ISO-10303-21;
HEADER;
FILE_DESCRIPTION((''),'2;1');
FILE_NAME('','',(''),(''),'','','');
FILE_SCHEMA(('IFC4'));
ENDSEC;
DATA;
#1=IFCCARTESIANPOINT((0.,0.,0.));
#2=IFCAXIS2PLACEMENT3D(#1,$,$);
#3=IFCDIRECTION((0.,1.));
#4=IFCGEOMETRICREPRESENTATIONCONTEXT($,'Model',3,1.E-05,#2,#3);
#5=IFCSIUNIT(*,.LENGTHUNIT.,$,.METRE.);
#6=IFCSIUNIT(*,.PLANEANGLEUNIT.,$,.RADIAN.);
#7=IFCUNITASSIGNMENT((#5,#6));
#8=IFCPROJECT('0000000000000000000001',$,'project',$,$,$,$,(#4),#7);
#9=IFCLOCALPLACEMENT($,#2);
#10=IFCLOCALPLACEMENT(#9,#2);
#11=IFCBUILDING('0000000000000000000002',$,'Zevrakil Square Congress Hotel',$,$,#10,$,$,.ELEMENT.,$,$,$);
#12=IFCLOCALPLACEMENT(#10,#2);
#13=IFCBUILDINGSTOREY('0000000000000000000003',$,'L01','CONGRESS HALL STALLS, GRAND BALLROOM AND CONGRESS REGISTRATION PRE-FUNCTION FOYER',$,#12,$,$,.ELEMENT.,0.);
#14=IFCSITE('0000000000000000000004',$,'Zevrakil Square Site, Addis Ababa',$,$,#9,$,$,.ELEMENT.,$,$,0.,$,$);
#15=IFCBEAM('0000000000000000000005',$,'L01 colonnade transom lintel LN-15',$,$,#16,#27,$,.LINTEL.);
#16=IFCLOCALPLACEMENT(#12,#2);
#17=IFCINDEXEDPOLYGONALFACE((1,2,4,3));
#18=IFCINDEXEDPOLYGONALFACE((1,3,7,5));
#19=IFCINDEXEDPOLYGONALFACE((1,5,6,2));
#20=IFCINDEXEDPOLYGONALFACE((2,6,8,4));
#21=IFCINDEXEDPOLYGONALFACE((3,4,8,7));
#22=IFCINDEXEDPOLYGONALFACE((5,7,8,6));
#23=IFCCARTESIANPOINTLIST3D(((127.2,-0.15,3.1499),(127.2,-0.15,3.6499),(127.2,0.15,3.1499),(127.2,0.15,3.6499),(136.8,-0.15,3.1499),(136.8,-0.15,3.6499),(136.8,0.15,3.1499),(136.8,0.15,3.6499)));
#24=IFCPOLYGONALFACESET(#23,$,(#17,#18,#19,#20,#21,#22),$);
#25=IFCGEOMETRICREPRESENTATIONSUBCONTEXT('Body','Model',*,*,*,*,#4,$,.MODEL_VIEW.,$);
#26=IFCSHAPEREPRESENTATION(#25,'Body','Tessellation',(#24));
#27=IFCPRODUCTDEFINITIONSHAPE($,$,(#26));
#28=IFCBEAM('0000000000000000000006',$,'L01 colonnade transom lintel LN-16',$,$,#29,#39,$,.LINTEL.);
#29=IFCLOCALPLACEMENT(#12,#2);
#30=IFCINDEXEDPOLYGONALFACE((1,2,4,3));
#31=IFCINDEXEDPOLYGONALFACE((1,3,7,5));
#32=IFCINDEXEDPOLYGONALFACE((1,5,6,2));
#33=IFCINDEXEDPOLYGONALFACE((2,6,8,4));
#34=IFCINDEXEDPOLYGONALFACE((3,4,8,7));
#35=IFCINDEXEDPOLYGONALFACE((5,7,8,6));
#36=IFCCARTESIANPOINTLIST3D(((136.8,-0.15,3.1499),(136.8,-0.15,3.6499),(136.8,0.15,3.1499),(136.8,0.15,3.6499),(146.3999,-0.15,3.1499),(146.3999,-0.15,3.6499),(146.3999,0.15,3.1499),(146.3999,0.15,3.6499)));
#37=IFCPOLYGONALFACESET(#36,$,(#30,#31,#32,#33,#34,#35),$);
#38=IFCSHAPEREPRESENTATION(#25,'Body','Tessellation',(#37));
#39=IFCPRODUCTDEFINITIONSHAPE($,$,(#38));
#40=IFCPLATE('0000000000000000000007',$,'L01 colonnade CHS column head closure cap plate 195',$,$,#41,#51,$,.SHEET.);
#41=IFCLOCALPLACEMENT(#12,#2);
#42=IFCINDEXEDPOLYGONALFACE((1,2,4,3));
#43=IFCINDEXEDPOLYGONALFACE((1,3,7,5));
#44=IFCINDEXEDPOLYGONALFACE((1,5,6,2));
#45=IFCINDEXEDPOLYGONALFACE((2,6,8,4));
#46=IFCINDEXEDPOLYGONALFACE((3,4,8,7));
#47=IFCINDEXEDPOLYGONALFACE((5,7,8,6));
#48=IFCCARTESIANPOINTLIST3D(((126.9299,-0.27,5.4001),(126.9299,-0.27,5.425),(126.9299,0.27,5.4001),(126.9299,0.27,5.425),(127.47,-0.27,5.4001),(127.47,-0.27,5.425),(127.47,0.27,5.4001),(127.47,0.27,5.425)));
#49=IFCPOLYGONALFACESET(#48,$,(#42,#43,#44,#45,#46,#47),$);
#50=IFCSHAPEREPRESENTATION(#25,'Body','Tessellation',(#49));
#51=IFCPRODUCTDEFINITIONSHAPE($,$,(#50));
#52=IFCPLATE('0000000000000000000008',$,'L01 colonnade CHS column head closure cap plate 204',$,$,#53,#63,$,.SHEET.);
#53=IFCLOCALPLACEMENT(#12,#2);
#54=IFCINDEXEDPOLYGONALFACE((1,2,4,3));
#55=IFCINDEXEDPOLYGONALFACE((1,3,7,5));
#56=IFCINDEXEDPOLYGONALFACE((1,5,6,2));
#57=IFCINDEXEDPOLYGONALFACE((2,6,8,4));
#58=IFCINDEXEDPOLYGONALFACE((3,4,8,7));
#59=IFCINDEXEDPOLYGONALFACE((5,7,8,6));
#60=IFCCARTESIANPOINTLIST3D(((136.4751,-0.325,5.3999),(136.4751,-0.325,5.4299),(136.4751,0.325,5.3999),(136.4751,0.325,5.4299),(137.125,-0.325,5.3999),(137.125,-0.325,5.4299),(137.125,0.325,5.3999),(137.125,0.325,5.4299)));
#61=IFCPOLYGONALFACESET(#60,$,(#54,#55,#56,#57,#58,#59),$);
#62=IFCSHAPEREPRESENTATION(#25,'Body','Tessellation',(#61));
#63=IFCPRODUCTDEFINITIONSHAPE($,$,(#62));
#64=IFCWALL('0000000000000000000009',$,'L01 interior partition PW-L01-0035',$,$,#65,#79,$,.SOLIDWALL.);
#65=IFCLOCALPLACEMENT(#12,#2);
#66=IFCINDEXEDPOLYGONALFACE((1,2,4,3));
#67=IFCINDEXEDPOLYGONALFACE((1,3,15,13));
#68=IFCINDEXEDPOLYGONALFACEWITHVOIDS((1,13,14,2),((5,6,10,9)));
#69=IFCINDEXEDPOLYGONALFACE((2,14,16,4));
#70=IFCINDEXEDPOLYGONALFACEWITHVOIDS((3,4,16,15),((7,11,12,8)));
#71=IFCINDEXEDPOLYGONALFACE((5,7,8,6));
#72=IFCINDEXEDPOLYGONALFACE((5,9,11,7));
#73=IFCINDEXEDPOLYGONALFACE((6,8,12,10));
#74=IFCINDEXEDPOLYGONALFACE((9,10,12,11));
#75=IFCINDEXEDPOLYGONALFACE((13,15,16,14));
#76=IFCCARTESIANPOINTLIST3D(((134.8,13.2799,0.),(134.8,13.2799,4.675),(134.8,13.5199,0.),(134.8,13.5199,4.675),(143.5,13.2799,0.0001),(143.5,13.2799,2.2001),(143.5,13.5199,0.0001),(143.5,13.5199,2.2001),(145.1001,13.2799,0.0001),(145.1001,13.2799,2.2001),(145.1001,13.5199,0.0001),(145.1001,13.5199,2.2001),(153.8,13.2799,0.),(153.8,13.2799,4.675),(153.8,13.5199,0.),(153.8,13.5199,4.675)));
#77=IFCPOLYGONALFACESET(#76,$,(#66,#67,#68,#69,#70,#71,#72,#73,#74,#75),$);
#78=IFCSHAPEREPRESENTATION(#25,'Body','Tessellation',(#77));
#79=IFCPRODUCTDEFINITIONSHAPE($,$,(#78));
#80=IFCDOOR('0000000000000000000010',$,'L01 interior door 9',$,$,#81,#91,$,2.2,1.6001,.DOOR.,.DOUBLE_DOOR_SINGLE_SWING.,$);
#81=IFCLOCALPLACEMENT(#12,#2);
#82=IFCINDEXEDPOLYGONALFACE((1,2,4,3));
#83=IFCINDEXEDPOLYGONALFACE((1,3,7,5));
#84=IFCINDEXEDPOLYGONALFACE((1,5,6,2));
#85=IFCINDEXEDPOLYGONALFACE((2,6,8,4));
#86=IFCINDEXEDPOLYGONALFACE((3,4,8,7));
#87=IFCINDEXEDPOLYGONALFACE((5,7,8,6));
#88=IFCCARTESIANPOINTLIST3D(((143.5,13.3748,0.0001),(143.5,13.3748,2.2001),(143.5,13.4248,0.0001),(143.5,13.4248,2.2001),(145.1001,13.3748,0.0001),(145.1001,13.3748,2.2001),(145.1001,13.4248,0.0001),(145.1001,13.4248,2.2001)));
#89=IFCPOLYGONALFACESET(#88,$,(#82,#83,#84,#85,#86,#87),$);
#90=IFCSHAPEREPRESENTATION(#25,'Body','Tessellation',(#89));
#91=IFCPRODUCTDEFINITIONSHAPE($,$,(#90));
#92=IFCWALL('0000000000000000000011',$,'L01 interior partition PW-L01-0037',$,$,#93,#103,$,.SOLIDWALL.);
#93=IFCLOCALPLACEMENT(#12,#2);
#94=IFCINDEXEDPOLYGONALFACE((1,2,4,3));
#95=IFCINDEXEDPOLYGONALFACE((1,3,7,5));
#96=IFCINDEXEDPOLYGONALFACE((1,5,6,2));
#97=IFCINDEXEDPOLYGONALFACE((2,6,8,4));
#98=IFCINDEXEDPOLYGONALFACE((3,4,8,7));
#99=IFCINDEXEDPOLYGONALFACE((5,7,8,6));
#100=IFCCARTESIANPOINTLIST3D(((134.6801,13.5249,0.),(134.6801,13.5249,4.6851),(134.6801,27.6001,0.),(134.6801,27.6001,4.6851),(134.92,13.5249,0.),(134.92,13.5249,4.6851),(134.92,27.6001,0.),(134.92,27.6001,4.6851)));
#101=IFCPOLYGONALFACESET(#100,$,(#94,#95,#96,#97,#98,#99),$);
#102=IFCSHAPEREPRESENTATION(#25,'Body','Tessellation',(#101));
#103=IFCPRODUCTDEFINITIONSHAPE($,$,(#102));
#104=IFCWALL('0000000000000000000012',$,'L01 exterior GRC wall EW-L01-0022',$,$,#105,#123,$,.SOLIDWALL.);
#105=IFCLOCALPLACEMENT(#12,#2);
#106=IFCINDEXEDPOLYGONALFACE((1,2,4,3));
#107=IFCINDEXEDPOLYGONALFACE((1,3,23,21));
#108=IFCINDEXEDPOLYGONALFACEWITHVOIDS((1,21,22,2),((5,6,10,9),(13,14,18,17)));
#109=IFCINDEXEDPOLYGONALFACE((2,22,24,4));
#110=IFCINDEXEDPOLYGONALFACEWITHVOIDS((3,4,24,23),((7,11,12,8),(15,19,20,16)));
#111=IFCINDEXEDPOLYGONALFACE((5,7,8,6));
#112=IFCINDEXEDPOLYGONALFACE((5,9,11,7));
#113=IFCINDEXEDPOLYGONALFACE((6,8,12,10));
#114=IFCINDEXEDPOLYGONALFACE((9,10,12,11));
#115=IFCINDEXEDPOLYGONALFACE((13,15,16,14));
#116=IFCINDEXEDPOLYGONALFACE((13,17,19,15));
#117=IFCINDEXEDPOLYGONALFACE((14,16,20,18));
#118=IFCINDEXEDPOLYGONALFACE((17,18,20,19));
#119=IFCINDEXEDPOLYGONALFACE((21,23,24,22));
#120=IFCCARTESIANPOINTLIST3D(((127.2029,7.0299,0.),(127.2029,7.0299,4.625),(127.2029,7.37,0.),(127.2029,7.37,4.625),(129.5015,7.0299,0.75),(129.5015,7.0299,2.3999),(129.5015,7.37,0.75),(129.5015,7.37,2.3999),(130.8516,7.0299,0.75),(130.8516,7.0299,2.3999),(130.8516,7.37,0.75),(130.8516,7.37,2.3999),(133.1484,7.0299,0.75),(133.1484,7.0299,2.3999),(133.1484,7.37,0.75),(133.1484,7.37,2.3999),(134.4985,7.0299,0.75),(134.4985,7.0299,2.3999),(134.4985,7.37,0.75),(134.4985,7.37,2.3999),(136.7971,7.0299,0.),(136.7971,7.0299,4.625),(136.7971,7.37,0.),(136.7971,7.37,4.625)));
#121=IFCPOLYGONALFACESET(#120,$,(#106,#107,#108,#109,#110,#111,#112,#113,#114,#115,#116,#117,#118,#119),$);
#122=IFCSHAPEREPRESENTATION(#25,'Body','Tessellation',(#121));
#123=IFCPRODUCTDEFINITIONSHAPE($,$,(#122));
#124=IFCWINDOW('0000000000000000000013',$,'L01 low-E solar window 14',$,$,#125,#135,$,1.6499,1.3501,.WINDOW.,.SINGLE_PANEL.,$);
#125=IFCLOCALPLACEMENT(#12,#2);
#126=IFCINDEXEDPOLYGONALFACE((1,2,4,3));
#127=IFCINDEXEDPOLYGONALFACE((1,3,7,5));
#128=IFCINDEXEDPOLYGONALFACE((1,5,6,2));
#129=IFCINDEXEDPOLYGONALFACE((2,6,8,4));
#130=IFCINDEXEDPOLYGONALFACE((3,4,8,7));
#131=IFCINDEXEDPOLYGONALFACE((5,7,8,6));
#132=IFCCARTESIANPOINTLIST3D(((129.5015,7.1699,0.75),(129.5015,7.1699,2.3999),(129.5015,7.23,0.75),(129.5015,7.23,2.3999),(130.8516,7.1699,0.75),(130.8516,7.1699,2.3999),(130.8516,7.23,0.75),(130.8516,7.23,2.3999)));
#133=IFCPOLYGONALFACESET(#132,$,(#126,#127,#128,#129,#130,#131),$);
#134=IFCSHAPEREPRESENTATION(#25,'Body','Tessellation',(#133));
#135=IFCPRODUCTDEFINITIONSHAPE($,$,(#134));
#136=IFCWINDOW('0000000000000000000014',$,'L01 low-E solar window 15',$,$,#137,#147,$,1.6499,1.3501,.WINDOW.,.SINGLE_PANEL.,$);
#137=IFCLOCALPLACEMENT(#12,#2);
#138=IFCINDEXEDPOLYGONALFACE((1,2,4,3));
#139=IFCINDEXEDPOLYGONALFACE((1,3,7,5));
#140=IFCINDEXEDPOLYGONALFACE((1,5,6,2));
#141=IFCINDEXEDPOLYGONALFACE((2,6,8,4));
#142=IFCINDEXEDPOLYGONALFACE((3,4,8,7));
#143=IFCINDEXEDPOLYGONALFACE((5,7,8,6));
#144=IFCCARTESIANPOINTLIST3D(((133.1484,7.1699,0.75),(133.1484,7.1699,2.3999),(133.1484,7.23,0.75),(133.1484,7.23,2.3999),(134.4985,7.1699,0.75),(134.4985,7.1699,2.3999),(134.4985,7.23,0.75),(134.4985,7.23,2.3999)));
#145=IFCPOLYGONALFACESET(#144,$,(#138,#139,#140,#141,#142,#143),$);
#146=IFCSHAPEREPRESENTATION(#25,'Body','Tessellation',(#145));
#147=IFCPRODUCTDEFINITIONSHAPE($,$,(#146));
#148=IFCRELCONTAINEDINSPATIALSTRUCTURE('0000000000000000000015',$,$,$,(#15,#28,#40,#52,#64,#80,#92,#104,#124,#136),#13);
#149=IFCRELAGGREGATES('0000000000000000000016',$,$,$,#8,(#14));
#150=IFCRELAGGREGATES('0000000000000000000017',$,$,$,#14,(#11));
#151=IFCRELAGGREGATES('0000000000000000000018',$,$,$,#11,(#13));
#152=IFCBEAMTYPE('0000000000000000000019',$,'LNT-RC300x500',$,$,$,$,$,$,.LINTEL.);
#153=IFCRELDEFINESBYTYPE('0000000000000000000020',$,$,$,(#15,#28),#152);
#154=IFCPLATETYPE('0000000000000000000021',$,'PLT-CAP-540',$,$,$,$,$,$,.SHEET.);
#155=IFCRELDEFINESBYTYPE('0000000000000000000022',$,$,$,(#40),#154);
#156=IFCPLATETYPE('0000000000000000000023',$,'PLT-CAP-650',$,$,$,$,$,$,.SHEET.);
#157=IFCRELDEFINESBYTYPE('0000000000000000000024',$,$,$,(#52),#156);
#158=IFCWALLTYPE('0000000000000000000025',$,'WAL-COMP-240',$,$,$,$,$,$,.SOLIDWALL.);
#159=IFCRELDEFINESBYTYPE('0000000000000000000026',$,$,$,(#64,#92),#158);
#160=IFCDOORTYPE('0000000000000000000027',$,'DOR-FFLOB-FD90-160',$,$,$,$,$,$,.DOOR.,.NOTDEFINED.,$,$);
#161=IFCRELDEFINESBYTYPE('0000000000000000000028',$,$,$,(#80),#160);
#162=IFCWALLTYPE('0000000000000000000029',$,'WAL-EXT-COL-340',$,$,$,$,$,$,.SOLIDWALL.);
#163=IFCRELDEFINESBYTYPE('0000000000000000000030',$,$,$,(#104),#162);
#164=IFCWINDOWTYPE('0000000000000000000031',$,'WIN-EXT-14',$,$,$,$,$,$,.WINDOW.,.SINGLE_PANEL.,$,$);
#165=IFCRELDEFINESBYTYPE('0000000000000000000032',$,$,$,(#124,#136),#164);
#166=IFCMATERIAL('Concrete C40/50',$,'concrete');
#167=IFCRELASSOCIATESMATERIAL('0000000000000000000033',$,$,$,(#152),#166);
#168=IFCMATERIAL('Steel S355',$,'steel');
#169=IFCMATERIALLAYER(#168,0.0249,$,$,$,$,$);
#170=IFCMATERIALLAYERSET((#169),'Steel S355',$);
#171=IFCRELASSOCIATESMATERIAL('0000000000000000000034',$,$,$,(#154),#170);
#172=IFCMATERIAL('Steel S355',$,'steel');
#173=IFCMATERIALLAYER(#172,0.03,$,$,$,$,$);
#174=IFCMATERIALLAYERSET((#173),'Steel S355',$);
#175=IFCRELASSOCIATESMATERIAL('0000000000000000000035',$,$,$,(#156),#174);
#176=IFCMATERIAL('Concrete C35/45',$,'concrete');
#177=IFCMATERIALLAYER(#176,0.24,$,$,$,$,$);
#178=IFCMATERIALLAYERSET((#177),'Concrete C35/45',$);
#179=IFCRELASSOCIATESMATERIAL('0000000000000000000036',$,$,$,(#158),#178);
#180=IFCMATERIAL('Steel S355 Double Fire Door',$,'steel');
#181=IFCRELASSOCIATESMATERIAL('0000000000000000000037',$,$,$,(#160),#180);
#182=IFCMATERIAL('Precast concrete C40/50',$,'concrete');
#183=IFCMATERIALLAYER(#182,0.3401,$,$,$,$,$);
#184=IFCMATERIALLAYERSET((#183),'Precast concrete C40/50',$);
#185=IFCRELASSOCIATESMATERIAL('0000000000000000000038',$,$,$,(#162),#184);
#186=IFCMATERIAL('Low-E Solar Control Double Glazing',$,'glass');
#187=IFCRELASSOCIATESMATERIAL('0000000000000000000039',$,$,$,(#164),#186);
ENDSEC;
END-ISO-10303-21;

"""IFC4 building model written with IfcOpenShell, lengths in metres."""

from ifc_helpers import new_model, si_unit, direction, frame, frame_2d, origin, origin_2d, place, context, subcontext, project, spatial, rectangle, extrude, material, layer, layer_set, material_profile, profile_set, type_object, element, fill, save


model = new_model("IFC4")

# Units and contexts
model_context = context("Model", 3, precision=1e-05, world=origin(), true_north=direction((0.0, 1.0)))
body_context = subcontext(model_context, "Body", "Model", "MODEL_VIEW")
ifc_project = project(units=[si_unit("LENGTHUNIT", "METRE"), si_unit("PLANEANGLEUNIT", "RADIAN")], contexts=[model_context])

# Site, building, storey
site_placement = place(None, origin())
site = spatial("IfcSite", under=ifc_project, at=site_placement, Name="Zevrakil Square Site, Addis Ababa", CompositionType="ELEMENT", RefElevation=0.0)
building_placement = place(site_placement, origin())
building = spatial("IfcBuilding", under=site, at=building_placement, Name="Zevrakil Square Congress Hotel", CompositionType="ELEMENT")
storey_placement = place(building_placement, origin())
storey = spatial("IfcBuildingStorey", under=building, at=storey_placement, Name="L01", Description="CONGRESS HALL STALLS, GRAND BALLROOM AND CONGRESS REGISTRATION PRE-FUNCTION FOYER", CompositionType="ELEMENT", Elevation=0.0)

# Beams
ifc_material_1 = material(Name="Concrete C40/50", Category="concrete")
ifc_material_profile_1 = material_profile(ifc_material_1, rectangle(XDim=0.3, YDim=0.5, at=origin_2d()), Name="RC 300x500")
ifc_profile_set_1 = profile_set([ifc_material_profile_1], Name="Concrete C40/50")
beam_type_1 = type_object("IfcBeamType", Name="LNT-RC300x500", PredefinedType="LINTEL", material=ifc_profile_set_1)
beam_1_placement = place(storey_placement, frame((127.2, 0.0, 3.3999), z_axis=(1.0, 0.0, 0.0), x_axis=(0.0, 1.0, 0.0)))
element("IfcBeam", 1, at=beam_1_placement, inside=storey, type_object=beam_type_1, Name="L01 colonnade transom lintel LN-15", PredefinedType="LINTEL", context=body_context, shape_type="SweptSolid", body=[
    extrude(rectangle(XDim=0.3, YDim=0.5, at=origin_2d()), origin(), (0.0, 0.0, 1.0), 9.6001),
])
beam_2_placement = place(storey_placement, frame((136.8, 0.0, 3.3999), z_axis=(1.0, 0.0, 0.0), x_axis=(0.0, 1.0, 0.0)))
element("IfcBeam", 2, at=beam_2_placement, inside=storey, type_object=beam_type_1, Name="L01 colonnade transom lintel LN-16", PredefinedType="LINTEL", context=body_context, shape_type="SweptSolid", body=[
    extrude(rectangle(XDim=0.3, YDim=0.5, at=origin_2d()), origin(), (0.0, 0.0, 1.0), 9.5999),
])

# Plates
ifc_material_2 = material(Name="Steel S355", Category="steel")
ifc_layer_1 = layer(ifc_material_2, 0.0249)
ifc_layer_set_1 = layer_set([ifc_layer_1], Name="Steel S355")
plate_type_1 = type_object("IfcPlateType", Name="PLT-CAP-540", PredefinedType="SHEET", material=ifc_layer_set_1)
plate_1_placement = place(storey_placement, frame((127.2, 0.0, 5.4001), z_axis=(0.0, 0.0, 1.0), x_axis=(1.0, 0.0, 0.0)))
element("IfcPlate", 3, at=plate_1_placement, inside=storey, type_object=plate_type_1, Name="L01 colonnade CHS column head closure cap plate 195", PredefinedType="SHEET", context=body_context, shape_type="SweptSolid", body=[
    extrude(rectangle(XDim=0.54, YDim=0.54, at=origin_2d()), origin(), (0.0, 0.0, 1.0), 0.0249),
])
ifc_material_3 = material(Name="Steel S355", Category="steel")
ifc_layer_2 = layer(ifc_material_3, 0.03)
ifc_layer_set_2 = layer_set([ifc_layer_2], Name="Steel S355")
plate_type_2 = type_object("IfcPlateType", Name="PLT-CAP-650", PredefinedType="SHEET", material=ifc_layer_set_2)
plate_2_placement = place(storey_placement, frame((136.8, 0.0, 5.3999), z_axis=(0.0, 0.0, 1.0), x_axis=(1.0, 0.0, 0.0)))
element("IfcPlate", 4, at=plate_2_placement, inside=storey, type_object=plate_type_2, Name="L01 colonnade CHS column head closure cap plate 204", PredefinedType="SHEET", context=body_context, shape_type="SweptSolid", body=[
    extrude(rectangle(XDim=0.6499, YDim=0.6499, at=origin_2d()), origin(), (0.0, 0.0, 1.0), 0.03),
])

# Wall, opening, door
ifc_material_4 = material(Name="Concrete C35/45", Category="concrete")
ifc_layer_3 = layer(ifc_material_4, 0.24)
ifc_layer_set_3 = layer_set([ifc_layer_3], Name="Concrete C35/45")
wall_type_1 = type_object("IfcWallType", Name="WAL-COMP-240", PredefinedType="SOLIDWALL", material=ifc_layer_set_3)
wall_1_placement = place(storey_placement, frame((134.8, 13.3999, 0.0), z_axis=(0.0, 0.0, 1.0), x_axis=(1.0, 0.0, 0.0)))
wall_1 = element("IfcWall", 5, at=wall_1_placement, inside=storey, type_object=wall_type_1, Name="L01 interior partition PW-L01-0035", PredefinedType="SOLIDWALL", context=body_context, shape_type="SweptSolid", body=[
    extrude(rectangle(XDim=19.0, YDim=0.24, at=frame_2d((9.5, 0.0))), origin(), (0.0, 0.0, 1.0), 4.675),
])
opening_1_placement = place(wall_1_placement, frame((8.7, 0.0, 0.0)))
opening_1 = element("IfcOpeningElement", 6, at=opening_1_placement, cuts=wall_1, PredefinedType="OPENING", context=body_context, shape_type="SweptSolid", body=[
    extrude(rectangle(XDim=1.6001, YDim=2.2, at=frame_2d((0.8, 1.1001))), frame((0.0, 0.1299, 0.0), z_axis=(0.0, -1.0, 0.0), x_axis=(1.0, 0.0, 0.0)), (0.0, 0.0, 1.0), 0.26),
])
ifc_material_5 = material(Name="Steel S355 Double Fire Door", Category="steel")
door_type = type_object("IfcDoorType", Name="DOR-FFLOB-FD90-160", OperationType="NOTDEFINED", PredefinedType="DOOR", material=ifc_material_5)
door_placement = place(opening_1_placement, origin())
door = element("IfcDoor", 7, at=door_placement, inside=storey, type_object=door_type, Name="L01 interior door 9", OperationType="DOUBLE_DOOR_SINGLE_SWING", OverallHeight=2.2, OverallWidth=1.6001, PredefinedType="DOOR", context=body_context, shape_type="SweptSolid", body=[
    extrude(rectangle(XDim=1.6001, YDim=2.2, at=frame_2d((0.8, 1.1001))), frame((0.0, 0.0249, 0.0), z_axis=(0.0, -1.0, 0.0), x_axis=(1.0, 0.0, 0.0)), (0.0, 0.0, 1.0), 0.05),
])
fill(opening_1, door)

# Wall
wall_2_placement = place(storey_placement, frame((134.8, 13.5249, 0.0), z_axis=(0.0, 0.0, 1.0), x_axis=(0.0, 1.0, 0.0)))
element("IfcWall", 8, at=wall_2_placement, inside=storey, type_object=wall_type_1, Name="L01 interior partition PW-L01-0037", PredefinedType="SOLIDWALL", context=body_context, shape_type="SweptSolid", body=[
    extrude(rectangle(XDim=14.0752, YDim=0.24, at=frame_2d((7.0376, 0.0))), origin(), (0.0, 0.0, 1.0), 4.6851),
])

# Wall, openings, windows
ifc_material_6 = material(Name="Precast concrete C40/50", Category="concrete")
ifc_layer_4 = layer(ifc_material_6, 0.3401)
ifc_layer_set_4 = layer_set([ifc_layer_4], Name="Precast concrete C40/50")
wall_type_2 = type_object("IfcWallType", Name="WAL-EXT-COL-340", PredefinedType="SOLIDWALL", material=ifc_layer_set_4)
wall_3_placement = place(storey_placement, frame((127.2029, 7.2, 0.0), z_axis=(0.0, 0.0, 1.0), x_axis=(1.0, 0.0, 0.0)))
wall_3 = element("IfcWall", 9, at=wall_3_placement, inside=storey, type_object=wall_type_2, Name="L01 exterior GRC wall EW-L01-0022", PredefinedType="SOLIDWALL", context=body_context, shape_type="SweptSolid", body=[
    extrude(rectangle(XDim=9.5942, YDim=0.3401, at=frame_2d((4.7971, 0.0))), origin(), (0.0, 0.0, 1.0), 4.625),
])
opening_2_placement = place(wall_3_placement, frame((2.2986, 0.0, 0.75)))
opening_2 = element("IfcOpeningElement", 10, at=opening_2_placement, cuts=wall_3, PredefinedType="OPENING", context=body_context, shape_type="SweptSolid", body=[
    extrude(rectangle(XDim=1.3501, YDim=1.6499, at=frame_2d((0.675, 0.825))), frame((0.0, 0.1802, 0.0), z_axis=(0.0, -1.0, 0.0), x_axis=(1.0, 0.0, 0.0)), (0.0, 0.0, 1.0), 0.3601),
])
opening_3_placement = place(wall_3_placement, frame((5.9456, 0.0, 0.75)))
opening_3 = element("IfcOpeningElement", 11, at=opening_3_placement, cuts=wall_3, PredefinedType="OPENING", context=body_context, shape_type="SweptSolid", body=[
    extrude(rectangle(XDim=1.3501, YDim=1.6499, at=frame_2d((0.675, 0.825))), frame((0.0, 0.1802, 0.0), z_axis=(0.0, -1.0, 0.0), x_axis=(1.0, 0.0, 0.0)), (0.0, 0.0, 1.0), 0.3601),
])
ifc_material_7 = material(Name="Low-E Solar Control Double Glazing", Category="glass")
window_type_1 = type_object("IfcWindowType", Name="WIN-EXT-14", PartitioningType="SINGLE_PANEL", PredefinedType="WINDOW", material=ifc_material_7)
window_1_placement = place(opening_2_placement, origin())
window_1 = element("IfcWindow", 12, at=window_1_placement, inside=storey, type_object=window_type_1, Name="L01 low-E solar window 14", OverallHeight=1.6499, OverallWidth=1.3501, PartitioningType="SINGLE_PANEL", PredefinedType="WINDOW", context=body_context, shape_type="SweptSolid", body=[
    extrude(rectangle(XDim=1.3501, YDim=1.6499, at=frame_2d((0.675, 0.825))), frame((0.0, 0.03, 0.0), z_axis=(0.0, -1.0, 0.0), x_axis=(1.0, 0.0, 0.0)), (0.0, 0.0, 1.0), 0.0601),
])
fill(opening_2, window_1)
window_2_placement = place(opening_3_placement, origin())
window_2 = element("IfcWindow", 13, at=window_2_placement, inside=storey, type_object=window_type_1, Name="L01 low-E solar window 15", OverallHeight=1.6499, OverallWidth=1.3501, PartitioningType="SINGLE_PANEL", PredefinedType="WINDOW", context=body_context, shape_type="SweptSolid", body=[
    extrude(rectangle(XDim=1.3501, YDim=1.6499, at=frame_2d((0.675, 0.825))), frame((0.0, 0.03, 0.0), z_axis=(0.0, -1.0, 0.0), x_axis=(1.0, 0.0, 0.0)), (0.0, 0.0, 1.0), 0.0601),
])
fill(opening_3, window_2)

save(model, "model.ifc")
